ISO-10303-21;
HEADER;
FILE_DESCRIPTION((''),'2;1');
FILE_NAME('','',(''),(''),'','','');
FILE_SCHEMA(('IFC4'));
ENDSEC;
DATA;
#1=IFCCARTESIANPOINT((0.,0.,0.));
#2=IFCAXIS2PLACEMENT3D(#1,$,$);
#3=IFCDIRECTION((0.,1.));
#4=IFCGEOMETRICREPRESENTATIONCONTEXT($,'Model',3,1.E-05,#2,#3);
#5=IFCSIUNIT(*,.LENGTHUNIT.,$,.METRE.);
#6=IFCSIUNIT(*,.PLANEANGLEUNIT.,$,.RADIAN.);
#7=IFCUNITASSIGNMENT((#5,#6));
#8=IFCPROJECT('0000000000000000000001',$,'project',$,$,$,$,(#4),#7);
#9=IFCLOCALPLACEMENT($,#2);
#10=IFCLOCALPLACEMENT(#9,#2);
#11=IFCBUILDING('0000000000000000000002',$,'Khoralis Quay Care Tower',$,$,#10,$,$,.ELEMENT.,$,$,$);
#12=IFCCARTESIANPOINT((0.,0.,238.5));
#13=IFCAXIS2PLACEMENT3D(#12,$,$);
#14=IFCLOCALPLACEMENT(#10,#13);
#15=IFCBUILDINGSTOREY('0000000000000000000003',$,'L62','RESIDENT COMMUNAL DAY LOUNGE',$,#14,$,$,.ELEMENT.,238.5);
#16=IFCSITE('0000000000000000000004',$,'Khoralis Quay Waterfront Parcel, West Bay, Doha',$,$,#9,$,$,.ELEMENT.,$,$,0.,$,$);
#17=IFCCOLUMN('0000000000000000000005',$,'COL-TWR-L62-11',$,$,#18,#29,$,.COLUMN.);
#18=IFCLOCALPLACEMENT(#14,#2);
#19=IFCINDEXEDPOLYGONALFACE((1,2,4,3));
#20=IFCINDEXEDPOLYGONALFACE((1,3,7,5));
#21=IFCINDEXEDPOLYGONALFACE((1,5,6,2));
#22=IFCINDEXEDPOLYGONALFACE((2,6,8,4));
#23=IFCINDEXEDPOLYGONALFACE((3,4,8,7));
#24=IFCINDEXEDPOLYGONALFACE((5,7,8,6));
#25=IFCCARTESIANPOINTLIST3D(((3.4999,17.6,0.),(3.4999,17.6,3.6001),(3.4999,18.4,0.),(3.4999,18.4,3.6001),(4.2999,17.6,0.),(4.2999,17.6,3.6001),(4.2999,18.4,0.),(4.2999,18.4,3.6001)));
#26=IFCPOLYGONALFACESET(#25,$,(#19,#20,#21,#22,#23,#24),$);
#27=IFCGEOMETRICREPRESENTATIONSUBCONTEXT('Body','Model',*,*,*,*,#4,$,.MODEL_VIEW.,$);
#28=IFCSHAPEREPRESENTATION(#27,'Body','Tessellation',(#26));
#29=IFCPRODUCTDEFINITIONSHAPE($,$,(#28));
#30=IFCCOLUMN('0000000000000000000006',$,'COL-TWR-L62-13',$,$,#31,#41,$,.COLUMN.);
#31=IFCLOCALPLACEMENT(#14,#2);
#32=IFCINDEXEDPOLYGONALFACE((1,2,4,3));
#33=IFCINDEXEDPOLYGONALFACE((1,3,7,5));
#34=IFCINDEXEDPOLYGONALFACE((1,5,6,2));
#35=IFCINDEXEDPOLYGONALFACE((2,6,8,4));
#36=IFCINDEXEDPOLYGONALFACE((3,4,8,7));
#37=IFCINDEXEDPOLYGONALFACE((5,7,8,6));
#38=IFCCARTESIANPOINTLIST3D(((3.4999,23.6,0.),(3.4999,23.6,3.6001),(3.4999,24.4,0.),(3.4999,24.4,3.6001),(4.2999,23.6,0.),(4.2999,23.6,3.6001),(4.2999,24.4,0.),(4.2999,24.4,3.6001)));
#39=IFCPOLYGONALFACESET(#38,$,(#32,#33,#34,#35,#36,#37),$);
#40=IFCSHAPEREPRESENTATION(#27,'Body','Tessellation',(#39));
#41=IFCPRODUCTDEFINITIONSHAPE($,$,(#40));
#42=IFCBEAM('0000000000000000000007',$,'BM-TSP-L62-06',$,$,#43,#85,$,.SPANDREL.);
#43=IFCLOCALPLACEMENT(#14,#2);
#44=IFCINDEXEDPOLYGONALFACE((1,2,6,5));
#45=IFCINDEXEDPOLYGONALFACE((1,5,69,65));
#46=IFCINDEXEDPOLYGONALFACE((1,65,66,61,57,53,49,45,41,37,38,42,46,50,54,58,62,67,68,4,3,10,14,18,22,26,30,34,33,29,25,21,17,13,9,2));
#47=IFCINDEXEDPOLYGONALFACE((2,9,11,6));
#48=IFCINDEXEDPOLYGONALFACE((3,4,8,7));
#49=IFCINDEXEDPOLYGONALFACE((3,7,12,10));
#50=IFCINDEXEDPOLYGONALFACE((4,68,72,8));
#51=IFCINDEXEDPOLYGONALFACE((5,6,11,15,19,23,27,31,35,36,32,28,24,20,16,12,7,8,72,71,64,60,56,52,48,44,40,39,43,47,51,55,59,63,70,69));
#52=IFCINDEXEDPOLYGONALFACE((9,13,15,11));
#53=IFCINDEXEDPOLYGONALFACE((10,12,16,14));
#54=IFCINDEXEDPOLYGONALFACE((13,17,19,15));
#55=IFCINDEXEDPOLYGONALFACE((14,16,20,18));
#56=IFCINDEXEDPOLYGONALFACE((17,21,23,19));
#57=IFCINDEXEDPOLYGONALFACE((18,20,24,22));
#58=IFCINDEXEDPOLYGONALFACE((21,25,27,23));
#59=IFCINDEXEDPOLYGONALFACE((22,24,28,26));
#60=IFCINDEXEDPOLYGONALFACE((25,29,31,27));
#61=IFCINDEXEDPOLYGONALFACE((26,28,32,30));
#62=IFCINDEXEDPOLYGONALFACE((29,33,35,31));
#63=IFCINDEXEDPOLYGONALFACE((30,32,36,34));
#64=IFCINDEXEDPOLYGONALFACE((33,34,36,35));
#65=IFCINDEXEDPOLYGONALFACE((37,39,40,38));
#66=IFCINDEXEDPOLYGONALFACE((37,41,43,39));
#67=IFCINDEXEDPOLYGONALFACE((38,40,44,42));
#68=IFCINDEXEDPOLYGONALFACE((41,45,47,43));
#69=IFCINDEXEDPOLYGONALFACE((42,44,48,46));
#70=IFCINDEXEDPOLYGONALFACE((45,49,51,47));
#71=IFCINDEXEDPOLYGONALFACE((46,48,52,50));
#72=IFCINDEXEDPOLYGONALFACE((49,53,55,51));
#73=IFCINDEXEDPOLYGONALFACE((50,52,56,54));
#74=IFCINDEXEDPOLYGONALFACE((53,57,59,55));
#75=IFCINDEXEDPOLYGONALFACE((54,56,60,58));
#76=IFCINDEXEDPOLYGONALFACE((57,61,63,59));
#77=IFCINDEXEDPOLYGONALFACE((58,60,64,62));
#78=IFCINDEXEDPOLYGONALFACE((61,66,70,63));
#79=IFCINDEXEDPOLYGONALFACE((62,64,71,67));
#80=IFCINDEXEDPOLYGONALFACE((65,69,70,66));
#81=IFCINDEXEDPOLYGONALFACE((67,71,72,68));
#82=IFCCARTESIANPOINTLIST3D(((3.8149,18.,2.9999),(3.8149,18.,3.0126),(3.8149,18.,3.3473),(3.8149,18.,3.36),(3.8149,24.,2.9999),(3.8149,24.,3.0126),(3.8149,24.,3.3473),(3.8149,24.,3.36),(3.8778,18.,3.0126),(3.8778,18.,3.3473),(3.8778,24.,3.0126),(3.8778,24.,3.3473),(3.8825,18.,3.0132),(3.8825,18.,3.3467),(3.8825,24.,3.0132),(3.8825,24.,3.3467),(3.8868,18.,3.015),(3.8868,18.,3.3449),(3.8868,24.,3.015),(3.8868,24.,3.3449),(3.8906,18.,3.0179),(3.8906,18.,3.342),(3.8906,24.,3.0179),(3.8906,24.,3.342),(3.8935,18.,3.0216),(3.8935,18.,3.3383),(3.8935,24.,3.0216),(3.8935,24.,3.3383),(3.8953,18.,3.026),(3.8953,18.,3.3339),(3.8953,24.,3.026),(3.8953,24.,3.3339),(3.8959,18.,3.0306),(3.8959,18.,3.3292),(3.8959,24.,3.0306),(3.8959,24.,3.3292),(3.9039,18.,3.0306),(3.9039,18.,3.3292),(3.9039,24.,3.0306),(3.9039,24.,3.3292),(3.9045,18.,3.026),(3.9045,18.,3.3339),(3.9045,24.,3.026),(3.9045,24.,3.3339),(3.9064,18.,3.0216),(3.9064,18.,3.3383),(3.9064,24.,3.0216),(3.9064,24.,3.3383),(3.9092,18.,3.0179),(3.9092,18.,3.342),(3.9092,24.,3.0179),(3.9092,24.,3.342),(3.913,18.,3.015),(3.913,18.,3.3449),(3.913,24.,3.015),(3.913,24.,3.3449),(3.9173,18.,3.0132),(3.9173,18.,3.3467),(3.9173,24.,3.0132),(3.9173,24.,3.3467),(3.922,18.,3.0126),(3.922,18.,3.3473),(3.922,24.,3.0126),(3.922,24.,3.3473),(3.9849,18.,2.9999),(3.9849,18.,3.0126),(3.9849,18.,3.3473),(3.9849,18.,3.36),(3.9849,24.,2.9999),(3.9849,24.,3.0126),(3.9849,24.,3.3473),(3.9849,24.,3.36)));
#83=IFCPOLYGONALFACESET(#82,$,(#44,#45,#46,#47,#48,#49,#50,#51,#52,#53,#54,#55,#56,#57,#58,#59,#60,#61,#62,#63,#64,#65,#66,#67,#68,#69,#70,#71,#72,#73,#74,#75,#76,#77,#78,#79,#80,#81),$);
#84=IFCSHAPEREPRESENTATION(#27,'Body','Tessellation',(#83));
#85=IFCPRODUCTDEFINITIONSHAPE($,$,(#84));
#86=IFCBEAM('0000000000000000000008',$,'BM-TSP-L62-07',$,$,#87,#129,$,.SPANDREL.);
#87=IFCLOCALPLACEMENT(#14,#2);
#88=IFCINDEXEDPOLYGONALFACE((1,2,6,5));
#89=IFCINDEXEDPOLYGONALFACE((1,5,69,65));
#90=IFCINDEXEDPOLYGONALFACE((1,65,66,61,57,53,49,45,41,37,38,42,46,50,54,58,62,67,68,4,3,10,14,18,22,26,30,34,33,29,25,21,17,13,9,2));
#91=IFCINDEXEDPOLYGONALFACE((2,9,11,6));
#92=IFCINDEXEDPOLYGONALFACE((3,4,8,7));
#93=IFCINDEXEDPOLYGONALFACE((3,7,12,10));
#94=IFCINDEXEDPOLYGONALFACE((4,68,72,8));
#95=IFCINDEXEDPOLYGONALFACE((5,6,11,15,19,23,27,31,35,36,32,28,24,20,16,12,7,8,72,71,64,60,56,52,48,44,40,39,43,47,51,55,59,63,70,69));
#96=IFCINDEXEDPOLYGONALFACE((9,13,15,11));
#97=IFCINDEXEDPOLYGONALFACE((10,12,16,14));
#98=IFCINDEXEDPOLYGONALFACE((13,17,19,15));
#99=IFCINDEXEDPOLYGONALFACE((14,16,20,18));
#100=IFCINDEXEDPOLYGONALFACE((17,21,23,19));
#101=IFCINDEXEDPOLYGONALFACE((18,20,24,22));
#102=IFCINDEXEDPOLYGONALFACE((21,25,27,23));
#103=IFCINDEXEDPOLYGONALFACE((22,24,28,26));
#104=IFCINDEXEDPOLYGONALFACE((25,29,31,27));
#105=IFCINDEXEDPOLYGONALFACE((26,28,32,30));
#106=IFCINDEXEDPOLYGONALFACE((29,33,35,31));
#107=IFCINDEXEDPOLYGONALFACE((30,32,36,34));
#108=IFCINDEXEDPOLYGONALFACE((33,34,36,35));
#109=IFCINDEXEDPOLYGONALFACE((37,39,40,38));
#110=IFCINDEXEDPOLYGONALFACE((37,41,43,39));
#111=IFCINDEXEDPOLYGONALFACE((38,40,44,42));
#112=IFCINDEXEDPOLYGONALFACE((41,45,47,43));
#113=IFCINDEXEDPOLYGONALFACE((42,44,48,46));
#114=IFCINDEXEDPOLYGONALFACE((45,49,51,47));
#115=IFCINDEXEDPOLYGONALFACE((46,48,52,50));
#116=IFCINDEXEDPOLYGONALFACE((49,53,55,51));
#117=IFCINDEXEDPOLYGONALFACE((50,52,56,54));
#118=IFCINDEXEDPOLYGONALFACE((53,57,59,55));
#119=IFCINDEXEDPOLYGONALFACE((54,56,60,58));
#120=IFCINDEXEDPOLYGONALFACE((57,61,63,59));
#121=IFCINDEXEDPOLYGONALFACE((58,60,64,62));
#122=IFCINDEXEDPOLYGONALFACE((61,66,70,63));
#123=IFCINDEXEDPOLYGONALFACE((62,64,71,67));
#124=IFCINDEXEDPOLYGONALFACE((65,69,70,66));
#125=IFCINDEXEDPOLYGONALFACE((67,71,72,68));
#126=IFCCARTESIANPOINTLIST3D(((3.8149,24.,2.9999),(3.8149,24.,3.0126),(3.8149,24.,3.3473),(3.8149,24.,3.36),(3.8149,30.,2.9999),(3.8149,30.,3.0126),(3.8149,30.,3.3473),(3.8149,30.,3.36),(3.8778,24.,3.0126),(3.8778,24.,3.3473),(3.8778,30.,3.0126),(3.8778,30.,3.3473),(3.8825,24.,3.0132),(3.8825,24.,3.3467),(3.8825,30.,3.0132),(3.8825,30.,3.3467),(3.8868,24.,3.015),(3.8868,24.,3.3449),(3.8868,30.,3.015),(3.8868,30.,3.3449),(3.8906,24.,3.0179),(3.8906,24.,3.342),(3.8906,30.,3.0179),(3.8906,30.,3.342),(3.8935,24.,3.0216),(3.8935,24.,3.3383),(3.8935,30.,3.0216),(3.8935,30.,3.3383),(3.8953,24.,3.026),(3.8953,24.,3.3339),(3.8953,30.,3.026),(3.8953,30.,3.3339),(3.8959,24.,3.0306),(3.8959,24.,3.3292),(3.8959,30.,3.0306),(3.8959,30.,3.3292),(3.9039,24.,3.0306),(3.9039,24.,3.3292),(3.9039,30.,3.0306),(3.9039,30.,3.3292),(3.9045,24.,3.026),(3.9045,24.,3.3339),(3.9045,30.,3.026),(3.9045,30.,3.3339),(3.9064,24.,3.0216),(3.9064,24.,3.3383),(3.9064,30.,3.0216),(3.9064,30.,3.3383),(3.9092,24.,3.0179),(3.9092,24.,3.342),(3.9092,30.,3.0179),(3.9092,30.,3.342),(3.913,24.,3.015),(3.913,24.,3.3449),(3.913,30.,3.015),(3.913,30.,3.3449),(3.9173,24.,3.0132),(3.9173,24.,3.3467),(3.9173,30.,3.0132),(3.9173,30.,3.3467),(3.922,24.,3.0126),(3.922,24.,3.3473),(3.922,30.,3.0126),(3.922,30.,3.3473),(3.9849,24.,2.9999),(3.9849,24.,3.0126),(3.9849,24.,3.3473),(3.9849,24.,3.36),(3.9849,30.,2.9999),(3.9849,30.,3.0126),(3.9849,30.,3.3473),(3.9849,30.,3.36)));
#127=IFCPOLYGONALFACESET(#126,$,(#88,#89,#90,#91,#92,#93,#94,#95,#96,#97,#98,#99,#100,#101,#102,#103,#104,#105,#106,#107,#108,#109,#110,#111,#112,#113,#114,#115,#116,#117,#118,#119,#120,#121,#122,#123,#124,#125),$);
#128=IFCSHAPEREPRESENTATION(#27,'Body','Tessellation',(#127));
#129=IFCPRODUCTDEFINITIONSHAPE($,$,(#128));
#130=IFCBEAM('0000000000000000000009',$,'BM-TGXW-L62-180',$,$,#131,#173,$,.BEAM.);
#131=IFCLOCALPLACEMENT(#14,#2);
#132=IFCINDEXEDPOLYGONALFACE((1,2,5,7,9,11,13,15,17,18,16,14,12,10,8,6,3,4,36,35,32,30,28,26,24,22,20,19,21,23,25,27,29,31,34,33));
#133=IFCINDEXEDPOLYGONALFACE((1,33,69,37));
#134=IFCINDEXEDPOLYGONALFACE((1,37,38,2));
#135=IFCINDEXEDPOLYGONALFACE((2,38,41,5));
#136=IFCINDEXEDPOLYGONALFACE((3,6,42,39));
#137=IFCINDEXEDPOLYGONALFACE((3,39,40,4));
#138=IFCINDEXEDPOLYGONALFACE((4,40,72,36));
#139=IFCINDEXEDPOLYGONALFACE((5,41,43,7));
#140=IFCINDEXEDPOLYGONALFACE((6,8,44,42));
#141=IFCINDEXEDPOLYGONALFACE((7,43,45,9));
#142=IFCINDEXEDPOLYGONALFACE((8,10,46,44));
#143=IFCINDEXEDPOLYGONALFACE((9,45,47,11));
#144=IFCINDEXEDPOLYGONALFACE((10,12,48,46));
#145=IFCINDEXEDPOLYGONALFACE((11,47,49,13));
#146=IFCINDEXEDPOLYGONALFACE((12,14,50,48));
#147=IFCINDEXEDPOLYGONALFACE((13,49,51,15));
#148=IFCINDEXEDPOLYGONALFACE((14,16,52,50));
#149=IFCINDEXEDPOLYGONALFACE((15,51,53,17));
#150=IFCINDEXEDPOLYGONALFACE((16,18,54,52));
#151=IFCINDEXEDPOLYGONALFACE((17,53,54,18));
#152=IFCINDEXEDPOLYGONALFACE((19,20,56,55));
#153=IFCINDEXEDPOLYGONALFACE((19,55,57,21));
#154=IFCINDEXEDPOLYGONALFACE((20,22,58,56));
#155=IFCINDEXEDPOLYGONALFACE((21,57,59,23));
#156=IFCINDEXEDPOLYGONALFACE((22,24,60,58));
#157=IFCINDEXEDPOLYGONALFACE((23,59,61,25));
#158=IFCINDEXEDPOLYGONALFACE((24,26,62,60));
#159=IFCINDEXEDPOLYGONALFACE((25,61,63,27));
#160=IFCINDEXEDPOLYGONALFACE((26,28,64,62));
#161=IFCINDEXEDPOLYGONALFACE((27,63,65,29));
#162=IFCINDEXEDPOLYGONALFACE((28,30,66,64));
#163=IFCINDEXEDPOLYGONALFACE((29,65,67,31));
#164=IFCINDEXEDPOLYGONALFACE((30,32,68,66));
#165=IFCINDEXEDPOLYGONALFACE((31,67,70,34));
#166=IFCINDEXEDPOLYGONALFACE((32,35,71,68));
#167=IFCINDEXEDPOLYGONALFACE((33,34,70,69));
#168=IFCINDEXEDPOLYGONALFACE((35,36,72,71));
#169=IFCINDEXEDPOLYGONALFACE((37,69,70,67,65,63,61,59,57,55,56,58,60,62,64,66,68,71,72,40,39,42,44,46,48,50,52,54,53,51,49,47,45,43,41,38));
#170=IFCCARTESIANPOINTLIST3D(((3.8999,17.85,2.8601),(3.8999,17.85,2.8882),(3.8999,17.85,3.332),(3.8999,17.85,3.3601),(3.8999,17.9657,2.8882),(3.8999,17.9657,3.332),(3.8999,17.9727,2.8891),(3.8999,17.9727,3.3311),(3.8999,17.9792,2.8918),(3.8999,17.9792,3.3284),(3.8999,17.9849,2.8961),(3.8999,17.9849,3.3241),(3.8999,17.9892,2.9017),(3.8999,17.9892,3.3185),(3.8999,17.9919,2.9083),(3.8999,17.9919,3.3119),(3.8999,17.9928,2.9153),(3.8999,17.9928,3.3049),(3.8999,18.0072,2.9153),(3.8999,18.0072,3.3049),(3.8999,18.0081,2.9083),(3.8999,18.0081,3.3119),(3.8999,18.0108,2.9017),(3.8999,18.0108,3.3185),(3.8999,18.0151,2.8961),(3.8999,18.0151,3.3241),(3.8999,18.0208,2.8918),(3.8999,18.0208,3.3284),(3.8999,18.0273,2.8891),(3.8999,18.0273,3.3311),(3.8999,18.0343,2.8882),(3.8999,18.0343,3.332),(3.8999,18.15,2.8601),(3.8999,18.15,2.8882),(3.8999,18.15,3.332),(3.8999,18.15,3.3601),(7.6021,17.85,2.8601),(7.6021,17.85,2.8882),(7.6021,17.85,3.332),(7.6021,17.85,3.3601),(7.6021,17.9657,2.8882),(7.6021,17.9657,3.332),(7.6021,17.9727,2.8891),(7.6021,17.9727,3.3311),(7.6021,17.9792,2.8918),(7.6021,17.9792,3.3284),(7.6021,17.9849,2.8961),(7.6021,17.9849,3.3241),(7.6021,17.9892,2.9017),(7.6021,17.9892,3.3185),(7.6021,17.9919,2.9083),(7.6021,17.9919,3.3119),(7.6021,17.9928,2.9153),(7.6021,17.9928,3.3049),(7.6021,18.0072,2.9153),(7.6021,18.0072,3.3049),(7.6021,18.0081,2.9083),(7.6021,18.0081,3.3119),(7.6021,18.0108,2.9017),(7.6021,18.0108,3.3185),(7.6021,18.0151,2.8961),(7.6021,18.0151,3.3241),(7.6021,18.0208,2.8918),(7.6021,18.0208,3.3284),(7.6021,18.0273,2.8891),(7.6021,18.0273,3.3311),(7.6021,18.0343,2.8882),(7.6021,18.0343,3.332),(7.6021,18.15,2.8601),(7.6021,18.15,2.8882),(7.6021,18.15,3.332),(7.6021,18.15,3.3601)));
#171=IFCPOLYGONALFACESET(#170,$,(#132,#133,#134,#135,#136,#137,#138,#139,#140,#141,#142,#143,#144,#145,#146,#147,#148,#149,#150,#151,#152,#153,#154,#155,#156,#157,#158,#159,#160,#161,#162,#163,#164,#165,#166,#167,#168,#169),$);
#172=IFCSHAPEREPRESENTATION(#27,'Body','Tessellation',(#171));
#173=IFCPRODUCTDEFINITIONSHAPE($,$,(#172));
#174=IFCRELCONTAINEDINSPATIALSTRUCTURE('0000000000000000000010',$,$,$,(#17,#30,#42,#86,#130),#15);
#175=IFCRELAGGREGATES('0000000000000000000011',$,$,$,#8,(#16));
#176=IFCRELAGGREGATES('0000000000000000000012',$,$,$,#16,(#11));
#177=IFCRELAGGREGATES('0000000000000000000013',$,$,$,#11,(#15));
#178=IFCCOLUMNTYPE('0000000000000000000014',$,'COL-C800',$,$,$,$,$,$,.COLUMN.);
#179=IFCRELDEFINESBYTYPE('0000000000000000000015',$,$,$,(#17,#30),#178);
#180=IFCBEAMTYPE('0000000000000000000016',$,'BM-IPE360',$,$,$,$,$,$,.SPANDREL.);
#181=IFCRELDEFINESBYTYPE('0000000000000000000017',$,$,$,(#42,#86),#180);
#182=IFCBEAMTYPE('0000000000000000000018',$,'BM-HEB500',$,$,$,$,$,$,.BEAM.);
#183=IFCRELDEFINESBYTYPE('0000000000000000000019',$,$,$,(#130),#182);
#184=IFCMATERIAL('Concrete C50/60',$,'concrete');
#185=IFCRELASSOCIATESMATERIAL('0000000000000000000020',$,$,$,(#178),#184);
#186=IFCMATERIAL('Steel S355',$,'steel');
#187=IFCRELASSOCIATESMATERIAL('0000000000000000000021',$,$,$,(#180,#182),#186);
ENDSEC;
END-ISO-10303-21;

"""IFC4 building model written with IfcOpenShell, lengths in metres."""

from ifc_helpers import new_model, si_unit, direction, frame, origin, origin_2d, place, context, subcontext, project, spatial, rectangle, i_section, extrude, source, transform, mapped, material, material_profile, profile_set, type_object, element, save


model = new_model("IFC4")

# Units and contexts
model_context = context("Model", 3, precision=1e-05, world=origin(), true_north=direction((0.0, 1.0)))
body_context = subcontext(model_context, "Body", "Model", "MODEL_VIEW")
ifc_project = project(units=[si_unit("LENGTHUNIT", "METRE"), si_unit("PLANEANGLEUNIT", "RADIAN")], contexts=[model_context])

# Site, building, storey
site_placement = place(None, origin())
site = spatial("IfcSite", under=ifc_project, at=site_placement, Name="Khoralis Quay Waterfront Parcel, West Bay, Doha", CompositionType="ELEMENT", RefElevation=0.0)
building_placement = place(site_placement, origin())
building = spatial("IfcBuilding", under=site, at=building_placement, Name="Khoralis Quay Care Tower", CompositionType="ELEMENT")
storey_placement = place(building_placement, frame((0.0, 0.0, 238.5)))
storey = spatial("IfcBuildingStorey", under=building, at=storey_placement, Name="L62", Description="RESIDENT COMMUNAL DAY LOUNGE", CompositionType="ELEMENT", Elevation=238.5)

# Columns
ifc_material_1 = material(Name="Concrete C50/60", Category="concrete")
ifc_material_profile_1 = material_profile(ifc_material_1, rectangle(XDim=0.8, YDim=0.8, at=origin_2d()), Name="Concrete C50/60")
ifc_profile_set_1 = profile_set([ifc_material_profile_1], Name="Concrete C50/60")
column_type = type_object("IfcColumnType", Name="COL-C800", PredefinedType="COLUMN", material=ifc_profile_set_1)
shared_shape_1 = source(origin(), body_context, "Body", "SweptSolid", [
    extrude(rectangle(XDim=0.8, YDim=0.8, at=origin_2d()), origin(), (0.0, 0.0, 1.0), 3.6001),
])
for number, where, z_axis, x_axis, name in (
    (1, (3.8999, 18.0, 0.0), (0.0, 0.0, 1.0), (1.0, 0.0, 0.0), "COL-TWR-L62-11"),
    (2, (3.8999, 24.0, 0.0), (0.0, 0.0, 1.0), (1.0, 0.0, 0.0), "COL-TWR-L62-13"),
):
    element("IfcColumn", number, at=place(storey_placement, frame(where, z_axis=z_axis, x_axis=x_axis)), inside=storey, type_object=column_type, Name=name, PredefinedType="COLUMN", context=body_context, shape_type="MappedRepresentation", body=[
        mapped(shared_shape_1, transform((0.0, 0.0, 0.0), scale=1.0)),
    ])

# Beams
ifc_material_2 = material(Name="Steel S355", Category="steel")
ifc_material_profile_2 = material_profile(ifc_material_2, i_section(OverallWidth=0.1699, OverallDepth=0.3601, WebThickness=0.0081, FlangeThickness=0.0127, FilletRadius=0.0181, at=origin_2d()), Name="Steel S355")
ifc_profile_set_2 = profile_set([ifc_material_profile_2], Name="Steel S355")
beam_type_1 = type_object("IfcBeamType", Name="BM-IPE360", PredefinedType="SPANDREL", material=ifc_profile_set_2)
shared_shape_2 = source(origin(), body_context, "Body", "SweptSolid", [
    extrude(i_section(OverallWidth=0.1699, OverallDepth=0.3601, WebThickness=0.0081, FlangeThickness=0.0127, FilletRadius=0.0181, at=origin_2d()), origin(), (0.0, 0.0, 1.0), 6.0),
])
for number, where, z_axis, x_axis, name in (
    (3, (3.8999, 18.0, 3.1799), (0.0, 1.0, 0.0), (-1.0, 0.0, 0.0), "BM-TSP-L62-06"),
    (4, (3.8999, 24.0, 3.1799), (0.0, 1.0, 0.0), (-1.0, 0.0, 0.0), "BM-TSP-L62-07"),
):
    element("IfcBeam", number, at=place(storey_placement, frame(where, z_axis=z_axis, x_axis=x_axis)), inside=storey, type_object=beam_type_1, Name=name, PredefinedType="SPANDREL", context=body_context, shape_type="MappedRepresentation", body=[
        mapped(shared_shape_2, transform((0.0, 0.0, 0.0), scale=1.0)),
    ])
ifc_material_profile_3 = material_profile(ifc_material_2, i_section(OverallWidth=0.3, OverallDepth=0.5, WebThickness=0.0144, FlangeThickness=0.0281, FilletRadius=0.0271, at=origin_2d()), Name="Steel S355")
ifc_profile_set_3 = profile_set([ifc_material_profile_3], Name="Steel S355")
beam_type_2 = type_object("IfcBeamType", Name="BM-HEB500", PredefinedType="BEAM", material=ifc_profile_set_3)
shared_shape_3 = source(origin(), body_context, "Body", "SweptSolid", [
    extrude(i_section(OverallWidth=0.3, OverallDepth=0.5, WebThickness=0.0144, FlangeThickness=0.0281, FilletRadius=0.0271, at=origin_2d()), origin(), (0.0, 0.0, 1.0), 3.7021),
])
for number, where, z_axis, x_axis, name in (
    (5, (3.8999, 18.0, 3.1101), (1.0, 0.0, 0.0), (0.0, 1.0, 0.0), "BM-TGXW-L62-180"),
):
    element("IfcBeam", number, at=place(storey_placement, frame(where, z_axis=z_axis, x_axis=x_axis)), inside=storey, type_object=beam_type_2, Name=name, PredefinedType="BEAM", context=body_context, shape_type="MappedRepresentation", body=[
        mapped(shared_shape_3, transform((0.0, 0.0, 0.0), scale=1.0)),
    ])

save(model, "model.ifc")
